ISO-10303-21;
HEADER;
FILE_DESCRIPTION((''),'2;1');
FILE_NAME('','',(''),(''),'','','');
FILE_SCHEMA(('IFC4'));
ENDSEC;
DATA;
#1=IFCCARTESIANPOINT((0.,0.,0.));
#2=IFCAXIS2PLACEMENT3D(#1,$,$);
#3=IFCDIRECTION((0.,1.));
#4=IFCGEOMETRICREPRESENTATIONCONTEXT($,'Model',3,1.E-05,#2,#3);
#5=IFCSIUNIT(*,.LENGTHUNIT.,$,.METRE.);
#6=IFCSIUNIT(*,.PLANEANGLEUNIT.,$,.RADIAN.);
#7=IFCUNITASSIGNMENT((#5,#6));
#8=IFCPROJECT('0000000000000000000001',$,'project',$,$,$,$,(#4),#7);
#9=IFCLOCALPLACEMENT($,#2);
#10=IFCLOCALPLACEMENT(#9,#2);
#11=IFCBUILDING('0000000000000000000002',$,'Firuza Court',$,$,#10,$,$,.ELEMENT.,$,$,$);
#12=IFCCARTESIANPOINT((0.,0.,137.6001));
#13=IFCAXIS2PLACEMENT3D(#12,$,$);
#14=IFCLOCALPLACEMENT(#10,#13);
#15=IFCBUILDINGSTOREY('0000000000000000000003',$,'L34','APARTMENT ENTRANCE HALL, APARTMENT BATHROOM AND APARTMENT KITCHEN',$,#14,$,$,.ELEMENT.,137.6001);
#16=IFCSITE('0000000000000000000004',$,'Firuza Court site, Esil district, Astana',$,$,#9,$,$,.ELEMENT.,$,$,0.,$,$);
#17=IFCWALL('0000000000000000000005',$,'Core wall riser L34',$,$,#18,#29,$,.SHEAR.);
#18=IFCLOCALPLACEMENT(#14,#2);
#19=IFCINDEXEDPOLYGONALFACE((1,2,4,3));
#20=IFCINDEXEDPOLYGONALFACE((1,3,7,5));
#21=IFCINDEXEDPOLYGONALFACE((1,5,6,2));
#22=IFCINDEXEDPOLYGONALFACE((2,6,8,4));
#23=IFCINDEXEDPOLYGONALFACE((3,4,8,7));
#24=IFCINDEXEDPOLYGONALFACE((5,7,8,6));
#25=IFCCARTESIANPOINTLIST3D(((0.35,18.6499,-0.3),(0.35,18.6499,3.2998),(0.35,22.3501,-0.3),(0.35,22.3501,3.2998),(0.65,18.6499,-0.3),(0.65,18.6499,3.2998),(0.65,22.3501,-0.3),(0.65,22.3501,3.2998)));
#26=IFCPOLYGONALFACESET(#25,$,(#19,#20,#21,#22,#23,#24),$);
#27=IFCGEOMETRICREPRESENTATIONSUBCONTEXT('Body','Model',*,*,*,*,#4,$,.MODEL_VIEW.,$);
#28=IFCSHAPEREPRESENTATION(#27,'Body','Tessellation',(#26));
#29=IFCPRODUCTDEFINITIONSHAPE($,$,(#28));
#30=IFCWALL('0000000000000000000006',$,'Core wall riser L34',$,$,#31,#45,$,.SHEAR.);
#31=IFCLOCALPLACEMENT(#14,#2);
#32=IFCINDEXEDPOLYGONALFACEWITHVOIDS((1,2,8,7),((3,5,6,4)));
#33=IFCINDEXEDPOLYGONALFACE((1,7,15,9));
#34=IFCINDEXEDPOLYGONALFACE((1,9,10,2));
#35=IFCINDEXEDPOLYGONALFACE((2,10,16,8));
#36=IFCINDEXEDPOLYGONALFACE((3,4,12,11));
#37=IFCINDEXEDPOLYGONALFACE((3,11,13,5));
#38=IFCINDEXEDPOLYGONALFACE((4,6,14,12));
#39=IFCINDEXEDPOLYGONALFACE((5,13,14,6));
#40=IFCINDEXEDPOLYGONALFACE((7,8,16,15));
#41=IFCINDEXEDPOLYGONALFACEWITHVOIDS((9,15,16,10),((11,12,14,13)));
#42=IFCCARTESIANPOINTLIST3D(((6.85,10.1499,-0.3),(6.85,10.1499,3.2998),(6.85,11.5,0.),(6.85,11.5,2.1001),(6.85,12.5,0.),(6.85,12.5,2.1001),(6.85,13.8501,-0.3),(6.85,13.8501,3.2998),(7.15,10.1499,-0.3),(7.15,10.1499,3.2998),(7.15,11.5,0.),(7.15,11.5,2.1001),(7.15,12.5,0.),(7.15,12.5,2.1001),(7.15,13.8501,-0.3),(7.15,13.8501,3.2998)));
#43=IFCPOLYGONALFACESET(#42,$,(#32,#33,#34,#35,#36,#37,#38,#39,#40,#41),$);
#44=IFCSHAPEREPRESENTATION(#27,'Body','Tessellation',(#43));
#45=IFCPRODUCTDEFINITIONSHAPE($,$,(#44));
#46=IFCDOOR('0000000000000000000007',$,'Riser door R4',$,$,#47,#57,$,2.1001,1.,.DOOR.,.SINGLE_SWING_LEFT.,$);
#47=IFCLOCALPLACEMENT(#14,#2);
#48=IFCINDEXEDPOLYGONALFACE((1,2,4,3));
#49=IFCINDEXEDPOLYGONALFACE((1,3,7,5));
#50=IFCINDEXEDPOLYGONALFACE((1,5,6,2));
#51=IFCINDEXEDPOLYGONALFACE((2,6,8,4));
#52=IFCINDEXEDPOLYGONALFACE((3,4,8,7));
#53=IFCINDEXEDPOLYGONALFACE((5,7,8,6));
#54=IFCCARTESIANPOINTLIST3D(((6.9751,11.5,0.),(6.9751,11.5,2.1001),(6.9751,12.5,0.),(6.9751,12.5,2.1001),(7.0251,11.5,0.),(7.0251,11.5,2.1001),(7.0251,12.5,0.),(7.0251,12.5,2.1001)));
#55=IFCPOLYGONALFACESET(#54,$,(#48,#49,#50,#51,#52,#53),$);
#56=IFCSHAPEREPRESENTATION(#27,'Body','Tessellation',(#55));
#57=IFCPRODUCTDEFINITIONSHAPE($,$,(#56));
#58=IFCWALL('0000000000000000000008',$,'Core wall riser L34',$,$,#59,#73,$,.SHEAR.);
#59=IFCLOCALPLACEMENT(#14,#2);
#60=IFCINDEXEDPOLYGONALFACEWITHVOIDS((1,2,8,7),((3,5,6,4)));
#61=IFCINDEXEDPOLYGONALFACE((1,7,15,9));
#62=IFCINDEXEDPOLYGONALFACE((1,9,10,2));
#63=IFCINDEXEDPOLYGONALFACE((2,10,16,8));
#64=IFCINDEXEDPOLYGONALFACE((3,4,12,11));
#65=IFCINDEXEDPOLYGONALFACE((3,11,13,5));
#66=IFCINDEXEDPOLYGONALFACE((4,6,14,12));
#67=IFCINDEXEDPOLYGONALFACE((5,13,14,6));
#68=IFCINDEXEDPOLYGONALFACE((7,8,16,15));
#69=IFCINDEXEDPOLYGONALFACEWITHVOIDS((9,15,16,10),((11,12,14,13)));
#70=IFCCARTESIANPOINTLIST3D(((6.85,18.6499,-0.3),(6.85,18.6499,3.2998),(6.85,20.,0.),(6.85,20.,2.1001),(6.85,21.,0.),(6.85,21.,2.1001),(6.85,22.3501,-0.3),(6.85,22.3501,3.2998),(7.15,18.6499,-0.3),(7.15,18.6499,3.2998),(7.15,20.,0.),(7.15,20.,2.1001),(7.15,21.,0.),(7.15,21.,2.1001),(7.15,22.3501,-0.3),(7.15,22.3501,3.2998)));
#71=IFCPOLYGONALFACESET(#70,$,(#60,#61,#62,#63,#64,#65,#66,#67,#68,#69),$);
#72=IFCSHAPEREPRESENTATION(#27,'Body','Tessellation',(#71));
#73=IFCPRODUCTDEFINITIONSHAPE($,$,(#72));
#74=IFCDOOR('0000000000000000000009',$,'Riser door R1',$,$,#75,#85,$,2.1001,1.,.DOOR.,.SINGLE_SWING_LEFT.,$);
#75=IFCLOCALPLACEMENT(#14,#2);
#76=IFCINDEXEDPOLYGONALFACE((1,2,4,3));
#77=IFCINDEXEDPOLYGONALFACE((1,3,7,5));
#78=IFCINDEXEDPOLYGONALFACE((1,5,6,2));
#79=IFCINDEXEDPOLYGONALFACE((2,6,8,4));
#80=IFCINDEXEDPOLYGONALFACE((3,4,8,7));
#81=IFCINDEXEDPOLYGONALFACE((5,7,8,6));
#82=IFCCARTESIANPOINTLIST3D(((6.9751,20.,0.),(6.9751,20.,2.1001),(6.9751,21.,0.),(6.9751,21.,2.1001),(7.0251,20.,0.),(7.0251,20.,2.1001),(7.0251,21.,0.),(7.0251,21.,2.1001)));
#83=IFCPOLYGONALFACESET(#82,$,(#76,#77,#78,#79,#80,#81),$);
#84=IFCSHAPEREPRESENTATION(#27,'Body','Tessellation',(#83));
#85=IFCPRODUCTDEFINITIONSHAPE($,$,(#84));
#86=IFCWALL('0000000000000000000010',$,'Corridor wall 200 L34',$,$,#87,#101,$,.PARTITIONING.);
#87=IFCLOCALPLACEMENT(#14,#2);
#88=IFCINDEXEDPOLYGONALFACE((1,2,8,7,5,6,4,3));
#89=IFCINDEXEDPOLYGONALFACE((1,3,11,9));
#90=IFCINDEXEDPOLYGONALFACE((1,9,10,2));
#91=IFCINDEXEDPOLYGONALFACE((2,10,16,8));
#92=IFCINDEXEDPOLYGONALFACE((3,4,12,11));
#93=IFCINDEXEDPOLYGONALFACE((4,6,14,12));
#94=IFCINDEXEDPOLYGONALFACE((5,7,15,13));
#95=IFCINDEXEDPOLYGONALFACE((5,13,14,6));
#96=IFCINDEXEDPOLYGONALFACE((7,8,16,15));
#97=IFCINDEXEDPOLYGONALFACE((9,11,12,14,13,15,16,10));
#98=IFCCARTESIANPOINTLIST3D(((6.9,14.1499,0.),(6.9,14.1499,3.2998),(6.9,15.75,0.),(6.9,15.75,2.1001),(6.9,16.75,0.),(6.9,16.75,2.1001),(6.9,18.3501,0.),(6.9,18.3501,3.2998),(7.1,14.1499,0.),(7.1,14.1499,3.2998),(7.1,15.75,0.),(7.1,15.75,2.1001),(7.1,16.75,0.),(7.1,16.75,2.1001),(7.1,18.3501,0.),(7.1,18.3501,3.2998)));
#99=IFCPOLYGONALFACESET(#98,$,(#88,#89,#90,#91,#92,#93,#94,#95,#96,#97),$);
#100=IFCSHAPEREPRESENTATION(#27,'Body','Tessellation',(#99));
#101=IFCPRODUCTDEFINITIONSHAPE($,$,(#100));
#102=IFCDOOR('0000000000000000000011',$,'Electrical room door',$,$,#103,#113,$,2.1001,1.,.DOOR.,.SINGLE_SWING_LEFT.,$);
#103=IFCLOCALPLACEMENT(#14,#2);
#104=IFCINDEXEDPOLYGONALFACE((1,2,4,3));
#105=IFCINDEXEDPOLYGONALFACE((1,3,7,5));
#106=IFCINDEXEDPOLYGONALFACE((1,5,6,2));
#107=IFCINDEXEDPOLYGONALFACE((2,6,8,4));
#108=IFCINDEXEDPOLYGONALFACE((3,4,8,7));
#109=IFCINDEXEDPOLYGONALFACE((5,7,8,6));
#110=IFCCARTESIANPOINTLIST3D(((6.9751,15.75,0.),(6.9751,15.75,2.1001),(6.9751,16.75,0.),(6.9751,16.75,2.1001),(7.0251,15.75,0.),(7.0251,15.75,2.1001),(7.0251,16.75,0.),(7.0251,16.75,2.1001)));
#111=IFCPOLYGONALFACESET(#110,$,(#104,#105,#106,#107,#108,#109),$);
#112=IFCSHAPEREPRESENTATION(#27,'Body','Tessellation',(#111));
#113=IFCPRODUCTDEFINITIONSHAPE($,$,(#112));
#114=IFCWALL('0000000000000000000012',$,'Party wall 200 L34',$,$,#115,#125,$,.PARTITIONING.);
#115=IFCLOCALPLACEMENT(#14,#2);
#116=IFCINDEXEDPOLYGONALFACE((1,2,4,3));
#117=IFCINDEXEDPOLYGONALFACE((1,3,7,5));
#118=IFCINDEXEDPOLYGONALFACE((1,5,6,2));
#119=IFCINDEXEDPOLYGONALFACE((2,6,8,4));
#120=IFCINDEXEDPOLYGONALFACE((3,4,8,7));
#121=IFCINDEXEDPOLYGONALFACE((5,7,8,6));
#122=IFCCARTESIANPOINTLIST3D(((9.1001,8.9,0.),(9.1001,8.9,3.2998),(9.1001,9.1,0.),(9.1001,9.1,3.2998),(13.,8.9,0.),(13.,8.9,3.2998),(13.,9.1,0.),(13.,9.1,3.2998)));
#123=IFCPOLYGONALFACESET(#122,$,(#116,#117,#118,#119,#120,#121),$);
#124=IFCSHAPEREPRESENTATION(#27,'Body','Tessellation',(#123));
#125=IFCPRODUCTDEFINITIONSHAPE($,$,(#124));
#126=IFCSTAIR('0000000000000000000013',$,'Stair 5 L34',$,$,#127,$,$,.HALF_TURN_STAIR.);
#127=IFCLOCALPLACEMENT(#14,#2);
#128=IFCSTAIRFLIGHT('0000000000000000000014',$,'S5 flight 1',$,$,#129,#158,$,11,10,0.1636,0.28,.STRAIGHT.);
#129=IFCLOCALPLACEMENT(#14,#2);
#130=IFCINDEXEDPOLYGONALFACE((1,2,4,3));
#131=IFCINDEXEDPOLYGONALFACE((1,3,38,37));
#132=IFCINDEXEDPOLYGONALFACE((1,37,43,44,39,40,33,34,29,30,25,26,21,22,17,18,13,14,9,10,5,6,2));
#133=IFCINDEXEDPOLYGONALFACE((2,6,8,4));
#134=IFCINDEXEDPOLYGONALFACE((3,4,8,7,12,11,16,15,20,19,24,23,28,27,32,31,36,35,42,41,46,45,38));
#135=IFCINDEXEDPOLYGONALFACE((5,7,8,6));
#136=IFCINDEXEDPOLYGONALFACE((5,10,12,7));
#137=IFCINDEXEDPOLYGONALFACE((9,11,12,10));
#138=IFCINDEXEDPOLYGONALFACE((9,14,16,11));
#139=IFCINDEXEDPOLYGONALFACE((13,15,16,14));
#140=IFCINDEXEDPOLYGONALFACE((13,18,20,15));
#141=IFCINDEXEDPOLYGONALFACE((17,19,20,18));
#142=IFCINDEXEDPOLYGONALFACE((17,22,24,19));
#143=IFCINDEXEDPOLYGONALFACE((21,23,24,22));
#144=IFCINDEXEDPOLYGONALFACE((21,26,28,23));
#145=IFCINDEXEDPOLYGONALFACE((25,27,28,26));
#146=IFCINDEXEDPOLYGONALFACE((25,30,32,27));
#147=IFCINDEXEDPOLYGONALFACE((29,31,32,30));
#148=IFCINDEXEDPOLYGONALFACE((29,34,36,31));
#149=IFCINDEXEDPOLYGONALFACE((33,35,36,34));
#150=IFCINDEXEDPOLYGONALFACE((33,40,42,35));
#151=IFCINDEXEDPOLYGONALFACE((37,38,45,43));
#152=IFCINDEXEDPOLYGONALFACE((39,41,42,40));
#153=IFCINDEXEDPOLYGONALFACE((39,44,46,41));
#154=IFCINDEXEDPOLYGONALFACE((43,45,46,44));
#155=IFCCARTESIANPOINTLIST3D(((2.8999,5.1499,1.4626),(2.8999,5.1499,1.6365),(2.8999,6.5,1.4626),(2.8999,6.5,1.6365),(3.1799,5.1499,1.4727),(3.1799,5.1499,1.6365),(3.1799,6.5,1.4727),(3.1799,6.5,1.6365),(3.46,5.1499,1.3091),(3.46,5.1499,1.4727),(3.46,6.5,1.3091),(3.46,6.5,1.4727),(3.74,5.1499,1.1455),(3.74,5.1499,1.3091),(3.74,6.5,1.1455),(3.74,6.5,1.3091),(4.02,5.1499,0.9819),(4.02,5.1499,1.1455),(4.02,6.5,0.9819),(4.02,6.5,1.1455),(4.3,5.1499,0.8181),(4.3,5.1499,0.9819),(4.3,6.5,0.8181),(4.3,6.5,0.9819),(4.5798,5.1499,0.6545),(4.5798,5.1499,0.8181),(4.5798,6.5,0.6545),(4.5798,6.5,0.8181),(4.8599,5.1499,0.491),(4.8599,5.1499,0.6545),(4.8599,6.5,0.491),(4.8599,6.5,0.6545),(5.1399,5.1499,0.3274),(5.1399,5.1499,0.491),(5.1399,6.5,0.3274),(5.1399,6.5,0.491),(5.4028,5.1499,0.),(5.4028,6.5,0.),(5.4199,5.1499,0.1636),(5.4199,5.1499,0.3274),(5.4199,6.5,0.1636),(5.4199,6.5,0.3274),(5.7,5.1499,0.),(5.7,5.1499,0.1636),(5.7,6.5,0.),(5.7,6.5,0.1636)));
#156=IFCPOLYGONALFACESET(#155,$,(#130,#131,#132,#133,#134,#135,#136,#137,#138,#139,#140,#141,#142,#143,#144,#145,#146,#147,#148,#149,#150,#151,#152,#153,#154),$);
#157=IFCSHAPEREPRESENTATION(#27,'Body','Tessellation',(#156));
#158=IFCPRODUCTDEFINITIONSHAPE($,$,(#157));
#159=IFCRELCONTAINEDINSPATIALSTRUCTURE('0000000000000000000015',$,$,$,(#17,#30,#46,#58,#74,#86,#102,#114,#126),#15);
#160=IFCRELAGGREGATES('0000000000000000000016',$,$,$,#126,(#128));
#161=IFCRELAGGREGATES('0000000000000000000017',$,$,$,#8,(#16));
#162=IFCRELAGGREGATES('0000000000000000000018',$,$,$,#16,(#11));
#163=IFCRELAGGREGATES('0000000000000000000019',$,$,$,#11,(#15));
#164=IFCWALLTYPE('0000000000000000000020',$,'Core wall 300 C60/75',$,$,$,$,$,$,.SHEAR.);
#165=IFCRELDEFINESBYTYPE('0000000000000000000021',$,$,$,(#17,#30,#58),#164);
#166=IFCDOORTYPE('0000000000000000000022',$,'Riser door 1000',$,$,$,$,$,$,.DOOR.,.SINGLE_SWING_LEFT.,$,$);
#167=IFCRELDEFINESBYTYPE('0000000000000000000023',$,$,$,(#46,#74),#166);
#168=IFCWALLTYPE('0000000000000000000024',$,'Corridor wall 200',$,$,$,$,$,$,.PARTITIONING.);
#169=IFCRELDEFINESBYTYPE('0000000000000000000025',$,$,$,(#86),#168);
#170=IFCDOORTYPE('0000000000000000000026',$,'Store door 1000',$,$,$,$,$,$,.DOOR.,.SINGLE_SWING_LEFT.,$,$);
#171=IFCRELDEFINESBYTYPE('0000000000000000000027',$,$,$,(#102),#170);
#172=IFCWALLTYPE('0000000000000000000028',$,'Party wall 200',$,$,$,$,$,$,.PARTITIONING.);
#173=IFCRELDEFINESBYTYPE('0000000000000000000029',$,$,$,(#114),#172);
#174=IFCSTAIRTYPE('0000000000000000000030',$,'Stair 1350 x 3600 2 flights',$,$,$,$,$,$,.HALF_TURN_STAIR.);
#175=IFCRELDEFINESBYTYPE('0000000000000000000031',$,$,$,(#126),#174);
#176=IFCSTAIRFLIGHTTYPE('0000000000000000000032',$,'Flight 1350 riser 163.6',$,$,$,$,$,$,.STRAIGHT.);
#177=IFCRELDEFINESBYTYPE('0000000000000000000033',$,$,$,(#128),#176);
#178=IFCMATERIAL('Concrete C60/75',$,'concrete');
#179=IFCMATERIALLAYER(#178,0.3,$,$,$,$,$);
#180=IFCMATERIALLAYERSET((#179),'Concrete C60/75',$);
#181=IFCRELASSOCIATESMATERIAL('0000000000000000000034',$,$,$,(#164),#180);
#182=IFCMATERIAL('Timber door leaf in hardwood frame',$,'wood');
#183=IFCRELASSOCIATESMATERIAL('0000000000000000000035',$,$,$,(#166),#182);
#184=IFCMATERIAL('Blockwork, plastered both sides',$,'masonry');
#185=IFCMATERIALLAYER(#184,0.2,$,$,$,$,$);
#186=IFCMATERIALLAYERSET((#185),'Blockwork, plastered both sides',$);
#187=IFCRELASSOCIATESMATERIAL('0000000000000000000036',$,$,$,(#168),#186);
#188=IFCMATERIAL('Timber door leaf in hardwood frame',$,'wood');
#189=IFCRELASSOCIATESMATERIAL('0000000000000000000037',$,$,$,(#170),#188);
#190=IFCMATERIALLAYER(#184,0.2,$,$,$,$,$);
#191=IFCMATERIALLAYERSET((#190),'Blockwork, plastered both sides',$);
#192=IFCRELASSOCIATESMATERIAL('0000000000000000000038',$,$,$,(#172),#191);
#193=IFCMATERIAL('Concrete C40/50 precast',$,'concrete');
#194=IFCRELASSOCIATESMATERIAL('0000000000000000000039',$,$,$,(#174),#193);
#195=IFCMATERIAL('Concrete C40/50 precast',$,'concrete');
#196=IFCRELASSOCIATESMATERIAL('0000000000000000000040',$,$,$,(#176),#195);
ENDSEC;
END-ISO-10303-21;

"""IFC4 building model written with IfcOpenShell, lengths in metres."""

from ifc_helpers import new_model, si_unit, direction, frame, frame_2d, origin, place, context, subcontext, project, spatial, polyline, rectangle, outline, extrude, material, layer, layer_set, type_object, element, fill, aggregate, save


model = new_model("IFC4")

# Units and contexts
model_context = context("Model", 3, precision=1e-05, world=origin(), true_north=direction((0.0, 1.0)))
body_context = subcontext(model_context, "Body", "Model", "MODEL_VIEW")
ifc_project = project(units=[si_unit("LENGTHUNIT", "METRE"), si_unit("PLANEANGLEUNIT", "RADIAN")], contexts=[model_context])

# Site, building, storey
site_placement = place(None, origin())
site = spatial("IfcSite", under=ifc_project, at=site_placement, Name="Firuza Court site, Esil district, Astana", CompositionType="ELEMENT", RefElevation=0.0)
building_placement = place(site_placement, origin())
building = spatial("IfcBuilding", under=site, at=building_placement, Name="Firuza Court", CompositionType="ELEMENT")
storey_placement = place(building_placement, frame((0.0, 0.0, 137.6001)))
storey = spatial("IfcBuildingStorey", under=building, at=storey_placement, Name="L34", Description="APARTMENT ENTRANCE HALL, APARTMENT BATHROOM AND APARTMENT KITCHEN", CompositionType="ELEMENT", Elevation=137.6001)

# Wall
ifc_material_1 = material(Name="Concrete C60/75", Category="concrete")
ifc_layer_1 = layer(ifc_material_1, 0.3)
ifc_layer_set_1 = layer_set([ifc_layer_1], Name="Concrete C60/75")
wall_type_1 = type_object("IfcWallType", Name="Core wall 300 C60/75", PredefinedType="SHEAR", material=ifc_layer_set_1)
for number, where, z_axis, x_axis, name in (
    (1, (0.5, 18.6499, -0.3), (0.0, 0.0, 1.0), (0.0, 1.0, 0.0), "Core wall riser L34"),
):
    element("IfcWall", number, at=place(storey_placement, frame(where, z_axis=z_axis, x_axis=x_axis)), inside=storey, type_object=wall_type_1, Name=name, PredefinedType="SHEAR", context=body_context, shape_type="SweptSolid", body=[
        extrude(rectangle(XDim=3.7002, YDim=0.3, at=frame_2d((1.8501, 0.0))), origin(), (0.0, 0.0, 1.0), 3.5999),
    ])

# Walls, openings, doors
wall_1_placement = place(storey_placement, frame((7.0, 10.1499, -0.3), z_axis=(0.0, 0.0, 1.0), x_axis=(0.0, 1.0, 0.0)))
wall_1 = element("IfcWall", 2, at=wall_1_placement, inside=storey, type_object=wall_type_1, Name="Core wall riser L34", PredefinedType="SHEAR", context=body_context, shape_type="SweptSolid", body=[
    extrude(rectangle(XDim=3.7002, YDim=0.3, at=frame_2d((1.8501, 0.0))), origin(), (0.0, 0.0, 1.0), 3.5999),
])
opening_1_placement = place(wall_1_placement, frame((1.3501, 0.0, 0.3)))
opening_1 = element("IfcOpeningElement", 3, at=opening_1_placement, cuts=wall_1, PredefinedType="OPENING", context=body_context, shape_type="SweptSolid", body=[
    extrude(rectangle(XDim=1.0, YDim=2.1001, at=frame_2d((0.5, 1.05))), frame((0.0, 0.1621, 0.0), z_axis=(0.0, -1.0, 0.0), x_axis=(1.0, 0.0, 0.0)), (0.0, 0.0, 1.0), 0.324),
])
ifc_material_2 = material(Name="Timber door leaf in hardwood frame", Category="wood")
door_type_1 = type_object("IfcDoorType", Name="Riser door 1000", OperationType="SINGLE_SWING_LEFT", PredefinedType="DOOR", material=ifc_material_2)
door_1_placement = place(opening_1_placement, origin())
door_1 = element("IfcDoor", 4, at=door_1_placement, inside=storey, type_object=door_type_1, Name="Riser door R4", OperationType="SINGLE_SWING_LEFT", OverallHeight=2.1001, OverallWidth=1.0, PredefinedType="DOOR", context=body_context, shape_type="SweptSolid", body=[
    extrude(rectangle(XDim=1.0, YDim=2.1001, at=frame_2d((0.5, 1.05))), frame((0.0, 0.0249, 0.0), z_axis=(0.0, -1.0, 0.0), x_axis=(1.0, 0.0, 0.0)), (0.0, 0.0, 1.0), 0.05),
])
fill(opening_1, door_1)
wall_2_placement = place(storey_placement, frame((7.0, 18.6499, -0.3), z_axis=(0.0, 0.0, 1.0), x_axis=(0.0, 1.0, 0.0)))
wall_2 = element("IfcWall", 5, at=wall_2_placement, inside=storey, type_object=wall_type_1, Name="Core wall riser L34", PredefinedType="SHEAR", context=body_context, shape_type="SweptSolid", body=[
    extrude(rectangle(XDim=3.7002, YDim=0.3, at=frame_2d((1.8501, 0.0))), origin(), (0.0, 0.0, 1.0), 3.5999),
])
opening_2_placement = place(wall_2_placement, frame((1.3501, 0.0, 0.3)))
opening_2 = element("IfcOpeningElement", 6, at=opening_2_placement, cuts=wall_2, PredefinedType="OPENING", context=body_context, shape_type="SweptSolid", body=[
    extrude(rectangle(XDim=1.0, YDim=2.1001, at=frame_2d((0.5, 1.05))), frame((0.0, 0.1621, 0.0), z_axis=(0.0, -1.0, 0.0), x_axis=(1.0, 0.0, 0.0)), (0.0, 0.0, 1.0), 0.324),
])
door_2_placement = place(opening_2_placement, origin())
door_2 = element("IfcDoor", 7, at=door_2_placement, inside=storey, type_object=door_type_1, Name="Riser door R1", OperationType="SINGLE_SWING_LEFT", OverallHeight=2.1001, OverallWidth=1.0, PredefinedType="DOOR", context=body_context, shape_type="SweptSolid", body=[
    extrude(rectangle(XDim=1.0, YDim=2.1001, at=frame_2d((0.5, 1.05))), frame((0.0, 0.0249, 0.0), z_axis=(0.0, -1.0, 0.0), x_axis=(1.0, 0.0, 0.0)), (0.0, 0.0, 1.0), 0.05),
])
fill(opening_2, door_2)
ifc_material_3 = material(Name="Blockwork, plastered both sides", Category="masonry")
ifc_layer_2 = layer(ifc_material_3, 0.2)
ifc_layer_set_2 = layer_set([ifc_layer_2], Name="Blockwork, plastered both sides")
wall_type_2 = type_object("IfcWallType", Name="Corridor wall 200", PredefinedType="PARTITIONING", material=ifc_layer_set_2)
wall_3_placement = place(storey_placement, frame((7.0, 14.1499, 0.0), z_axis=(0.0, 0.0, 1.0), x_axis=(0.0, 1.0, 0.0)))
wall_3 = element("IfcWall", 8, at=wall_3_placement, inside=storey, type_object=wall_type_2, Name="Corridor wall 200 L34", PredefinedType="PARTITIONING", context=body_context, shape_type="SweptSolid", body=[
    extrude(rectangle(XDim=4.2002, YDim=0.2, at=frame_2d((2.1001, 0.0))), origin(), (0.0, 0.0, 1.0), 3.2998),
])
opening_3_placement = place(wall_3_placement, frame((1.6001, 0.0, 0.0)))
opening_3 = element("IfcOpeningElement", 9, at=opening_3_placement, cuts=wall_3, PredefinedType="OPENING", context=body_context, shape_type="SweptSolid", body=[
    extrude(rectangle(XDim=1.0, YDim=2.1001, at=frame_2d((0.5, 1.05))), frame((0.0, 0.1118, 0.0), z_axis=(0.0, -1.0, 0.0), x_axis=(1.0, 0.0, 0.0)), (0.0, 0.0, 1.0), 0.2239),
])
ifc_material_4 = material(Name="Timber door leaf in hardwood frame", Category="wood")
door_type_2 = type_object("IfcDoorType", Name="Store door 1000", OperationType="SINGLE_SWING_LEFT", PredefinedType="DOOR", material=ifc_material_4)
door_3_placement = place(opening_3_placement, origin())
door_3 = element("IfcDoor", 10, at=door_3_placement, inside=storey, type_object=door_type_2, Name="Electrical room door", OperationType="SINGLE_SWING_LEFT", OverallHeight=2.1001, OverallWidth=1.0, PredefinedType="DOOR", context=body_context, shape_type="SweptSolid", body=[
    extrude(rectangle(XDim=1.0, YDim=2.1001, at=frame_2d((0.5, 1.05))), frame((0.0, 0.0249, 0.0), z_axis=(0.0, -1.0, 0.0), x_axis=(1.0, 0.0, 0.0)), (0.0, 0.0, 1.0), 0.05),
])
fill(opening_3, door_3)

# Wall
ifc_layer_3 = layer(ifc_material_3, 0.2)
ifc_layer_set_3 = layer_set([ifc_layer_3], Name="Blockwork, plastered both sides")
wall_type_3 = type_object("IfcWallType", Name="Party wall 200", PredefinedType="PARTITIONING", material=ifc_layer_set_3)
wall_4_placement = place(storey_placement, frame((9.1001, 9.0, 0.0), z_axis=(0.0, 0.0, 1.0), x_axis=(1.0, 0.0, 0.0)))
element("IfcWall", 11, at=wall_4_placement, inside=storey, type_object=wall_type_3, Name="Party wall 200 L34", PredefinedType="PARTITIONING", context=body_context, shape_type="SweptSolid", body=[
    extrude(rectangle(XDim=3.8999, YDim=0.2, at=frame_2d((1.95, 0.0))), origin(), (0.0, 0.0, 1.0), 3.2998),
])

# Stair, stair flight
ifc_material_5 = material(Name="Concrete C40/50 precast", Category="concrete")
stair_type = type_object("IfcStairType", Name="Stair 1350 x 3600 2 flights", PredefinedType="HALF_TURN_STAIR", material=ifc_material_5)
stair_placement = place(storey_placement, origin())
stair = element("IfcStair", 12, at=stair_placement, inside=storey, type_object=stair_type, Name="Stair 5 L34", PredefinedType="HALF_TURN_STAIR")
ifc_material_6 = material(Name="Concrete C40/50 precast", Category="concrete")
stair_flight_type = type_object("IfcStairFlightType", Name="Flight 1350 riser 163.6", PredefinedType="STRAIGHT", material=ifc_material_6)
stair_flight_1_placement = place(storey_placement, frame((5.7, 5.825, 0.0), z_axis=(0.0, 0.0, 1.0), x_axis=(-1.0, 0.0, 0.0)))
stair_flight_1 = element("IfcStairFlight", 13, at=stair_flight_1_placement, type_object=stair_flight_type, Name="S5 flight 1", NumberOfRisers=11, NumberOfTreads=10, PredefinedType="STRAIGHT", RiserHeight=0.1636, TreadLength=0.28, context=body_context, shape_type="SweptSolid", body=[
    extrude(outline(polyline([(0.0, 0.0), (0.0, 0.1636), (0.28, 0.1636), (0.28, 0.3274), (0.5601, 0.3274), (0.5601, 0.491), (0.8401, 0.491), (0.8401, 0.6545), (1.1201, 0.6545), (1.1201, 0.8181), (1.3999, 0.8181), (1.3999, 0.9819), (1.6799, 0.9819), (1.6799, 1.1455), (1.96, 1.1455), (1.96, 1.3091), (2.24, 1.3091), (2.24, 1.4727), (2.52, 1.4727), (2.52, 1.6365), (2.8, 1.6365), (2.8, 1.8), (2.8, 1.4626), (0.2971, 0.0), (0.0, 0.0)])), frame((0.0, 0.675, 0.0), z_axis=(0.0, -1.0, 0.0), x_axis=(1.0, 0.0, 0.0)), (0.0, 0.0, 1.0), 1.3501),
])
aggregate(stair, [stair_flight_1])

save(model, "model.ifc")
